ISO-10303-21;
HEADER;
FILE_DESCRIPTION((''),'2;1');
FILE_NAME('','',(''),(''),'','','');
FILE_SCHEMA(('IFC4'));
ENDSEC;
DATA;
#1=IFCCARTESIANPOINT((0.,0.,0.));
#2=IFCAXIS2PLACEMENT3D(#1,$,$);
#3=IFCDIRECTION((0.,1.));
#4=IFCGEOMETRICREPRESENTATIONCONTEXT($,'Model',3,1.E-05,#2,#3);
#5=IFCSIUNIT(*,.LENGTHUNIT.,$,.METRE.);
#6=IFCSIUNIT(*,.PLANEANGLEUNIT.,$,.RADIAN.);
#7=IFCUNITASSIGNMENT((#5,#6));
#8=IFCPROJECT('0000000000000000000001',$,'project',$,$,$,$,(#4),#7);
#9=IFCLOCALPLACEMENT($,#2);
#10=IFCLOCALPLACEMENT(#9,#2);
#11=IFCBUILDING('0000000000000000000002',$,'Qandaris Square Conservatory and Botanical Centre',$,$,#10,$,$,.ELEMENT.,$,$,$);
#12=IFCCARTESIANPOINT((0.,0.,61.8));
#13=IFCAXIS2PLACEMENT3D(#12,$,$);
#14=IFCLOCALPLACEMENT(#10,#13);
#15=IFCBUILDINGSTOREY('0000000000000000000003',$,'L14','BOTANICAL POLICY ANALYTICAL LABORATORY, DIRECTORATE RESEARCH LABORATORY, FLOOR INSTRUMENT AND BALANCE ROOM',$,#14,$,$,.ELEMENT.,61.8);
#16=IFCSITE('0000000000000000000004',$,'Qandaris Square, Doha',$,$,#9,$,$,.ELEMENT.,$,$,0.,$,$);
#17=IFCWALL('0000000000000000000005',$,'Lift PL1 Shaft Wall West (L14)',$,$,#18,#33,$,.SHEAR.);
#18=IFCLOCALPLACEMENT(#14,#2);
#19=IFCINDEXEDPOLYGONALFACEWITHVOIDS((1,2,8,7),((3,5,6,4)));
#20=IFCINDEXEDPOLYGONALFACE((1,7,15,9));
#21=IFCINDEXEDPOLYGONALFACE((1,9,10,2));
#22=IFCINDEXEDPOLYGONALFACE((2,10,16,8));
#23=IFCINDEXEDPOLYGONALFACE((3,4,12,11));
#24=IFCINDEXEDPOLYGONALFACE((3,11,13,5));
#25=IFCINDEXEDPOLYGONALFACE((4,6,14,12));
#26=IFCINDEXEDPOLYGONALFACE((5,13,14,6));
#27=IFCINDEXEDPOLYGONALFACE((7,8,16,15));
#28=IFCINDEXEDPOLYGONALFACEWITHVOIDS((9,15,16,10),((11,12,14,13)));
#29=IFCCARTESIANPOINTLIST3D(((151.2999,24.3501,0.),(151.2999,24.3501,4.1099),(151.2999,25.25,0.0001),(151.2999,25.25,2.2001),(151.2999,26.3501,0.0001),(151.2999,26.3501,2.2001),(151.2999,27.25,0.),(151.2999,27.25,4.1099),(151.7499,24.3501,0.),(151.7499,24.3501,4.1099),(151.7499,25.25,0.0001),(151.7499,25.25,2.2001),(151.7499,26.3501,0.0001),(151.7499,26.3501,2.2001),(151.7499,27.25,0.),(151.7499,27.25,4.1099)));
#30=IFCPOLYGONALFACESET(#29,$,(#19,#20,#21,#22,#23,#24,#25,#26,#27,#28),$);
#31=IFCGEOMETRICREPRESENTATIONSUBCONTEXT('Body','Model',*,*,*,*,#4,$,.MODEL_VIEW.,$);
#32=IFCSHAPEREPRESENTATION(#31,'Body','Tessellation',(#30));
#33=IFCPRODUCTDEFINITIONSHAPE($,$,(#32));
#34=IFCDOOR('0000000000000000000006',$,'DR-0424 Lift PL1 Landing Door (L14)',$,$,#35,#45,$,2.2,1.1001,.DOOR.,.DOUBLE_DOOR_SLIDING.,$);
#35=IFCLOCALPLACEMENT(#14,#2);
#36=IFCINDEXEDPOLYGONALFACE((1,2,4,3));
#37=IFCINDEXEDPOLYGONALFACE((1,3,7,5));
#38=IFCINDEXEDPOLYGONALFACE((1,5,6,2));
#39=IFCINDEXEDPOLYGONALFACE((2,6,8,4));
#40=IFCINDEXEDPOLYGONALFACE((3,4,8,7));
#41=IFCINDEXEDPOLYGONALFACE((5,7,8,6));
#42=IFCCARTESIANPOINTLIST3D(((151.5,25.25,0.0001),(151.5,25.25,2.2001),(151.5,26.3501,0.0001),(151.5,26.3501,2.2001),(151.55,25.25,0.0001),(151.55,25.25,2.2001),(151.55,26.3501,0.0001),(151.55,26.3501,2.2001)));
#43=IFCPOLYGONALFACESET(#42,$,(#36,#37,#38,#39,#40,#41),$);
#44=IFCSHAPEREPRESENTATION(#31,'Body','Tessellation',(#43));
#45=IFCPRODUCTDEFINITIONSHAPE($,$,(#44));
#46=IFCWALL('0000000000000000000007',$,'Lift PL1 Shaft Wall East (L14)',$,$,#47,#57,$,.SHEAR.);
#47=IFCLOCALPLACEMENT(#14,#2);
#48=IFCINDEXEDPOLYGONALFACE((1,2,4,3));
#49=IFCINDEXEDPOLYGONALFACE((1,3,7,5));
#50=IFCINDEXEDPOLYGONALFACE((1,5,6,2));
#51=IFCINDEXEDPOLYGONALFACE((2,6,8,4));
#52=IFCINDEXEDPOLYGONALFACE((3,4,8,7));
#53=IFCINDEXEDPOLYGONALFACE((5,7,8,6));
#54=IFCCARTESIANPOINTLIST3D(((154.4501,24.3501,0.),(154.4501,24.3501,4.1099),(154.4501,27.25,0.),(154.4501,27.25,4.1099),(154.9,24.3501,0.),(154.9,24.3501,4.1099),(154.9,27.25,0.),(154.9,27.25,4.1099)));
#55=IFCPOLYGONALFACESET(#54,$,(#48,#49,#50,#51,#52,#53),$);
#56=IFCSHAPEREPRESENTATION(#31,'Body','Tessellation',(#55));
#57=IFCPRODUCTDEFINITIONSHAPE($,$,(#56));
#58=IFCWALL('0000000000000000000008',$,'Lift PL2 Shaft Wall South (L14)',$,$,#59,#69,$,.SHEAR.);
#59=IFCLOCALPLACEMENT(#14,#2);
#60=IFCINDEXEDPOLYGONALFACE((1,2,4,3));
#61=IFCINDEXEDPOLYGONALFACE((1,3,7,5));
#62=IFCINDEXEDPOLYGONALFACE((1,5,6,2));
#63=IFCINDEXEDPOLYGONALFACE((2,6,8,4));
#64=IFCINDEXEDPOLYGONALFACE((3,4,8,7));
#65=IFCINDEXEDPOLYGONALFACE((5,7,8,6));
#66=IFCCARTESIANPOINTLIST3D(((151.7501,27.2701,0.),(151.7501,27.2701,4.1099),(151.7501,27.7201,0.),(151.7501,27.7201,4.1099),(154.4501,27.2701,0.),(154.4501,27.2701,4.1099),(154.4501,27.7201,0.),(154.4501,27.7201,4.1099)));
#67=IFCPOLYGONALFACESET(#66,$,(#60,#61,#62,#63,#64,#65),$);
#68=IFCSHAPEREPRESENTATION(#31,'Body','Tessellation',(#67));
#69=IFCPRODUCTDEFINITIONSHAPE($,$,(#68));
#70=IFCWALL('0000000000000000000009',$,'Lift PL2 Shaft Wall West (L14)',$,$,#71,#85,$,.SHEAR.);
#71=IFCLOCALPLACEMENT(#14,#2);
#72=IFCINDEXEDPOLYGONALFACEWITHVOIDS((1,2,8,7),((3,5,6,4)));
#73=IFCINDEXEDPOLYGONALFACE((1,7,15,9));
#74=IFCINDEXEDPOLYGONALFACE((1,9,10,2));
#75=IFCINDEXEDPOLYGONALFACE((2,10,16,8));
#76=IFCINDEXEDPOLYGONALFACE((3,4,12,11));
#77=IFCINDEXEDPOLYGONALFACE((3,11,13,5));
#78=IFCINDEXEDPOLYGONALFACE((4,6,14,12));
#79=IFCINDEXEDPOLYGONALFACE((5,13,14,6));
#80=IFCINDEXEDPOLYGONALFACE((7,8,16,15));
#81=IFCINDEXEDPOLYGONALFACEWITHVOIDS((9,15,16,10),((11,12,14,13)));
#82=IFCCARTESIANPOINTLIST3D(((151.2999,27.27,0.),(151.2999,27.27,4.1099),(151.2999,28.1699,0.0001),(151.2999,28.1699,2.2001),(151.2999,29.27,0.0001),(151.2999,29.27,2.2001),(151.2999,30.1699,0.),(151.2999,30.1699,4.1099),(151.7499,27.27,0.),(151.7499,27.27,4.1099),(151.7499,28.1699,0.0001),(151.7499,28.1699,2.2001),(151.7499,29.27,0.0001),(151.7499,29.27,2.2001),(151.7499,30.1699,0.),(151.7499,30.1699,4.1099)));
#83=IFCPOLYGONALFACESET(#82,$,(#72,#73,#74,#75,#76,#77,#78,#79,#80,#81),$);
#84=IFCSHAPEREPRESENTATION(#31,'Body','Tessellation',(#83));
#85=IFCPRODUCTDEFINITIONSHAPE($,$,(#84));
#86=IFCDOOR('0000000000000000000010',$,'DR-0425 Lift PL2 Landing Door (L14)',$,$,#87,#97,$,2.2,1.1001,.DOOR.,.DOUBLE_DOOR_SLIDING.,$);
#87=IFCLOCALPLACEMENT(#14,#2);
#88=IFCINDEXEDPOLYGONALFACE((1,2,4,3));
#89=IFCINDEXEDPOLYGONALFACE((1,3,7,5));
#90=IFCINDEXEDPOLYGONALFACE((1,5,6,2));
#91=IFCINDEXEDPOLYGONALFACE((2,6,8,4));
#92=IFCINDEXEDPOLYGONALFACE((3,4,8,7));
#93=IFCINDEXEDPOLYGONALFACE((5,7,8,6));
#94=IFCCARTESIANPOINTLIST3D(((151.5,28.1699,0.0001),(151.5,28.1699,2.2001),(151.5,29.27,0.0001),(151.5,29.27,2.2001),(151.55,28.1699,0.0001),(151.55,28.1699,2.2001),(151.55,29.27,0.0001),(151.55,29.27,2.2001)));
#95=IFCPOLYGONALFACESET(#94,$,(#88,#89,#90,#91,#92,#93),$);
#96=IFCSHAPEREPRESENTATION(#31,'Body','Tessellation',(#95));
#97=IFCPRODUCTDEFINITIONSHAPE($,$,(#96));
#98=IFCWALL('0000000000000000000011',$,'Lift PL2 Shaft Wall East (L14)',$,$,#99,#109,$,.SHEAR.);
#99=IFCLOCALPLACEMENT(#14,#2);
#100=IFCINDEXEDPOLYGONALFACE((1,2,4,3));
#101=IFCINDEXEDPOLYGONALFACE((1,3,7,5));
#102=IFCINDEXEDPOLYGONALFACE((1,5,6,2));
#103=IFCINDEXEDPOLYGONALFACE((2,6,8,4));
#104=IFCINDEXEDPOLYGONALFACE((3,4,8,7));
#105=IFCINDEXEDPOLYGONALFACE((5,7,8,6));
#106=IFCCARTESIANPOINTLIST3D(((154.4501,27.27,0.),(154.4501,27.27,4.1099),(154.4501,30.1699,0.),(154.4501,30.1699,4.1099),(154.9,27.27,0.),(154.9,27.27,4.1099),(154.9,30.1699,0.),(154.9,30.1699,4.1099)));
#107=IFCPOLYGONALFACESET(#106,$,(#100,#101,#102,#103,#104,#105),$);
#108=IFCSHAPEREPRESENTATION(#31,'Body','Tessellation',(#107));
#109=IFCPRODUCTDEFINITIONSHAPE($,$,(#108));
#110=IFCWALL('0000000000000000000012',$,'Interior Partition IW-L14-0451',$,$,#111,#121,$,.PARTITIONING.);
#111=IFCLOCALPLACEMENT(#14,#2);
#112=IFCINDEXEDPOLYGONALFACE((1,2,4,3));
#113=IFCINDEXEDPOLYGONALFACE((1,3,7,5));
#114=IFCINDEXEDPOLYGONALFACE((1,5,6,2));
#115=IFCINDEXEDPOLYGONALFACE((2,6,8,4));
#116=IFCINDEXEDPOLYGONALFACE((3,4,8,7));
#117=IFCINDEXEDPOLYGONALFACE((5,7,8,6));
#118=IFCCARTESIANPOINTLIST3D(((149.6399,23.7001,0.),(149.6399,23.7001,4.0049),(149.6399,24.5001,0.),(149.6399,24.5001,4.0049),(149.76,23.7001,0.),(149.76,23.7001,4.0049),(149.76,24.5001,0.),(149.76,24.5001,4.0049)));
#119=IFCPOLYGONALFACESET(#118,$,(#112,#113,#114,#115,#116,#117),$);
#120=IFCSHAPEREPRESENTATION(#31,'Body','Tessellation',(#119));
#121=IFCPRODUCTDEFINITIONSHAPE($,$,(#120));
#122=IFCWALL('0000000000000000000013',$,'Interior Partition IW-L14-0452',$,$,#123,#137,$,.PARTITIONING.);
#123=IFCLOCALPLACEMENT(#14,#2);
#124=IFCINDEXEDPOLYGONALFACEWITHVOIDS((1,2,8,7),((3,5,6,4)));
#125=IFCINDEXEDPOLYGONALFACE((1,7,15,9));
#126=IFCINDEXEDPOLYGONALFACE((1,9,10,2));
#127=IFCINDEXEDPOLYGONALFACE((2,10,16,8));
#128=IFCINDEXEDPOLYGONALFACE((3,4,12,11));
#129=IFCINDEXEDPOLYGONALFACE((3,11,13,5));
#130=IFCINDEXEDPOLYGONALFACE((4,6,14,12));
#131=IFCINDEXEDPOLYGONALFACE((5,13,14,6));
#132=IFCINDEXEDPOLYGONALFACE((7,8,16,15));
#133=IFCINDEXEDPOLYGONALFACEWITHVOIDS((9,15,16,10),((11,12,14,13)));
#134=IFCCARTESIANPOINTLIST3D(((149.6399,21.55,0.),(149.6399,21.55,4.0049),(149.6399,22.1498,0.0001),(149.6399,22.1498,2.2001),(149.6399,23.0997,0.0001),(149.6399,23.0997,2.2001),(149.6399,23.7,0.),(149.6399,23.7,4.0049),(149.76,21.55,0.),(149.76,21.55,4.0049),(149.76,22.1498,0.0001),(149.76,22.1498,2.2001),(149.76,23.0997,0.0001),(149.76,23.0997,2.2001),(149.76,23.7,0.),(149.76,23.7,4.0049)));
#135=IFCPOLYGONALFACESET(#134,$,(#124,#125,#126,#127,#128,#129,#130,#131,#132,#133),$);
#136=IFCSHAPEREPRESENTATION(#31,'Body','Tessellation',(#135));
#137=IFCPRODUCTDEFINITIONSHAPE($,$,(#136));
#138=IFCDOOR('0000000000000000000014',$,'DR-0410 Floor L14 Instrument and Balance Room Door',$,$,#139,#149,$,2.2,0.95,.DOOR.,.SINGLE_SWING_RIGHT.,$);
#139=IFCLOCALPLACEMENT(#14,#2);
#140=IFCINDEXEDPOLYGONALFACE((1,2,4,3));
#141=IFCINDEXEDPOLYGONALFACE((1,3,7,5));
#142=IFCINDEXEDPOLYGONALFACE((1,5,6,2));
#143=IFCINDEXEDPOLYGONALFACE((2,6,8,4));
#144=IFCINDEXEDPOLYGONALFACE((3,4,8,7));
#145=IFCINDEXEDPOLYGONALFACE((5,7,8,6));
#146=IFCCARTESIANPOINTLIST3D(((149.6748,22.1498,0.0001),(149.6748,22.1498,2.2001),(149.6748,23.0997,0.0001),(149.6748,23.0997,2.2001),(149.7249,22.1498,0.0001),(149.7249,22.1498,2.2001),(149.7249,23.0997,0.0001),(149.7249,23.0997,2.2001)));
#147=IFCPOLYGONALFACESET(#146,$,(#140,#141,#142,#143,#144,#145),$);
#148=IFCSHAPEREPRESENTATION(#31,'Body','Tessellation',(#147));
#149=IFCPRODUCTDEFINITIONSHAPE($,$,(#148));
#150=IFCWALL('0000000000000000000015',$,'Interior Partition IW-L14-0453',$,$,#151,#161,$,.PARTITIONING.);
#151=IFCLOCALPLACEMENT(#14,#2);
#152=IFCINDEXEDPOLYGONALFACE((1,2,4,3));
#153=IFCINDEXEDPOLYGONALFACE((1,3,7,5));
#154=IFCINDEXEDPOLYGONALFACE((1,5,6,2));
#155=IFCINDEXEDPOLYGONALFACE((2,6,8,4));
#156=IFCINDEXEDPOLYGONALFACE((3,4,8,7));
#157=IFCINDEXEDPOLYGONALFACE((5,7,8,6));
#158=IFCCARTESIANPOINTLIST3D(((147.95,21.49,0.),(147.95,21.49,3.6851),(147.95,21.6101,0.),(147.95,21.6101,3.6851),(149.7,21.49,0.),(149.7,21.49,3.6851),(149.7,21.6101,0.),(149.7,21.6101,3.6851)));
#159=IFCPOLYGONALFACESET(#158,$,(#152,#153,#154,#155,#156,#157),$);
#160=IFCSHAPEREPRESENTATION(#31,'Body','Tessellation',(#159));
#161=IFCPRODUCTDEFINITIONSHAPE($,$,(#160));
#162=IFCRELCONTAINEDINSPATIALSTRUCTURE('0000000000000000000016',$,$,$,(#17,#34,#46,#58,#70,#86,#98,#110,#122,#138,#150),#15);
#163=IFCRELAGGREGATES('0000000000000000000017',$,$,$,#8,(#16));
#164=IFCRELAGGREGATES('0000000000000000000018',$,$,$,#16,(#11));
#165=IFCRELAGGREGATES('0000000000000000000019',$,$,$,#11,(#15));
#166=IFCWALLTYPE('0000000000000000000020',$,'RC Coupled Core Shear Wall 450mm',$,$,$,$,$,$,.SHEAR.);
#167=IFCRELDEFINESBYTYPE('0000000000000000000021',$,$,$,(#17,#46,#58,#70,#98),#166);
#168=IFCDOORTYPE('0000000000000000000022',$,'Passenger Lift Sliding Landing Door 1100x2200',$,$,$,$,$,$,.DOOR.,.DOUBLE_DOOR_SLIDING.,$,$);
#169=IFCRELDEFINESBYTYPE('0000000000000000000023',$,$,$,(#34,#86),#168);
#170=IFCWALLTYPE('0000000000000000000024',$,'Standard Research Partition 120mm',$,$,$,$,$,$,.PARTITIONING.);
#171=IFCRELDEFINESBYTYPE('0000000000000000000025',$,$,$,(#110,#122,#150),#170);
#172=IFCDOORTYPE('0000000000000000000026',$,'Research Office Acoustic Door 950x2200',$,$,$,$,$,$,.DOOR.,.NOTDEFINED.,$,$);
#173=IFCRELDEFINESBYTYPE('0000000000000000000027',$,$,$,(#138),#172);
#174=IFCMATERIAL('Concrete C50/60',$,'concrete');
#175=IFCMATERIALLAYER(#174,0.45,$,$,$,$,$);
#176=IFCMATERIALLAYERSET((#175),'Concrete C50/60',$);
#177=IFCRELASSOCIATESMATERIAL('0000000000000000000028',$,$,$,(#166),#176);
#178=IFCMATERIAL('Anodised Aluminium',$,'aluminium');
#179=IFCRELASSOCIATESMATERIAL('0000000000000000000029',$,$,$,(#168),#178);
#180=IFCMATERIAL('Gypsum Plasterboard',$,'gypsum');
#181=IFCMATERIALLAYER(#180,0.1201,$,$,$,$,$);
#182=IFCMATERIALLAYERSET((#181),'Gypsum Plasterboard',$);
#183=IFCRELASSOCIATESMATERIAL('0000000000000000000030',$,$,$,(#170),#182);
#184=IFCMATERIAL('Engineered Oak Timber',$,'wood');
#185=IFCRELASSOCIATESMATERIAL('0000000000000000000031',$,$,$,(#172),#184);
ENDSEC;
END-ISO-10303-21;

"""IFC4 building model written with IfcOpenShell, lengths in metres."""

from ifc_helpers import new_model, si_unit, direction, frame, frame_2d, origin, place, context, subcontext, project, spatial, rectangle, extrude, material, layer, layer_set, type_object, element, fill, save


model = new_model("IFC4")

# Units and contexts
model_context = context("Model", 3, precision=1e-05, world=origin(), true_north=direction((0.0, 1.0)))
body_context = subcontext(model_context, "Body", "Model", "MODEL_VIEW")
ifc_project = project(units=[si_unit("LENGTHUNIT", "METRE"), si_unit("PLANEANGLEUNIT", "RADIAN")], contexts=[model_context])

# Site, building, storey
site_placement = place(None, origin())
site = spatial("IfcSite", under=ifc_project, at=site_placement, Name="Qandaris Square, Doha", CompositionType="ELEMENT", RefElevation=0.0)
building_placement = place(site_placement, origin())
building = spatial("IfcBuilding", under=site, at=building_placement, Name="Qandaris Square Conservatory and Botanical Centre", CompositionType="ELEMENT")
storey_placement = place(building_placement, frame((0.0, 0.0, 61.8)))
storey = spatial("IfcBuildingStorey", under=building, at=storey_placement, Name="L14", Description="BOTANICAL POLICY ANALYTICAL LABORATORY, DIRECTORATE RESEARCH LABORATORY, FLOOR INSTRUMENT AND BALANCE ROOM", CompositionType="ELEMENT", Elevation=61.8)

# Shared definitions
ifc_material_1 = material(Name="Concrete C50/60", Category="concrete")

# Shared definitions
ifc_material_2 = material(Name="Anodised Aluminium", Category="aluminium")

# Shared definitions
ifc_layer_1 = layer(ifc_material_1, 0.45)
ifc_layer_set_1 = layer_set([ifc_layer_1], Name="Concrete C50/60")
wall_type_1 = type_object("IfcWallType", Name="RC Coupled Core Shear Wall 450mm", PredefinedType="SHEAR", material=ifc_layer_set_1)

# Wall, opening, door
wall_1_placement = place(storey_placement, frame((151.5249, 24.3501, 0.0), z_axis=(0.0, 0.0, 1.0), x_axis=(0.0, 1.0, 0.0)))
wall_1 = element("IfcWall", 1, at=wall_1_placement, inside=storey, type_object=wall_type_1, Name="Lift PL1 Shaft Wall West (L14)", PredefinedType="SHEAR", context=body_context, shape_type="SweptSolid", body=[
    extrude(rectangle(XDim=2.8999, YDim=0.45, at=frame_2d((1.45, 0.0))), origin(), (0.0, 0.0, 1.0), 4.1099),
])
opening_1_placement = place(wall_1_placement, frame((0.8999, 0.0, 0.0)))
opening_1 = element("IfcOpeningElement", 2, at=opening_1_placement, cuts=wall_1, PredefinedType="OPENING", context=body_context, shape_type="SweptSolid", body=[
    extrude(rectangle(XDim=1.1001, YDim=2.2, at=frame_2d((0.55, 1.1001))), frame((0.0, 0.2368, 0.0), z_axis=(0.0, -1.0, 0.0), x_axis=(1.0, 0.0, 0.0)), (0.0, 0.0, 1.0), 0.4739),
])
door_type_1 = type_object("IfcDoorType", Name="Passenger Lift Sliding Landing Door 1100x2200", OperationType="DOUBLE_DOOR_SLIDING", PredefinedType="DOOR", material=ifc_material_2)
door_1_placement = place(opening_1_placement, origin())
door_1 = element("IfcDoor", 3, at=door_1_placement, inside=storey, type_object=door_type_1, Name="DR-0424 Lift PL1 Landing Door (L14)", OperationType="DOUBLE_DOOR_SLIDING", OverallHeight=2.2, OverallWidth=1.1001, PredefinedType="DOOR", context=body_context, shape_type="SweptSolid", body=[
    extrude(rectangle(XDim=1.1001, YDim=2.2, at=frame_2d((0.55, 1.1001))), frame((0.0, 0.0249, 0.0), z_axis=(0.0, -1.0, 0.0), x_axis=(1.0, 0.0, 0.0)), (0.0, 0.0, 1.0), 0.05),
])
fill(opening_1, door_1)

# Walls
wall_2_placement = place(storey_placement, frame((154.675, 24.3501, 0.0), z_axis=(0.0, 0.0, 1.0), x_axis=(0.0, 1.0, 0.0)))
element("IfcWall", 4, at=wall_2_placement, inside=storey, type_object=wall_type_1, Name="Lift PL1 Shaft Wall East (L14)", PredefinedType="SHEAR", context=body_context, shape_type="SweptSolid", body=[
    extrude(rectangle(XDim=2.8999, YDim=0.45, at=frame_2d((1.45, 0.0))), origin(), (0.0, 0.0, 1.0), 4.1099),
])
wall_3_placement = place(storey_placement, frame((151.75, 27.4951, 0.0), z_axis=(0.0, 0.0, 1.0), x_axis=(1.0, 0.0, 0.0)))
element("IfcWall", 5, at=wall_3_placement, inside=storey, type_object=wall_type_1, Name="Lift PL2 Shaft Wall South (L14)", PredefinedType="SHEAR", context=body_context, shape_type="SweptSolid", body=[
    extrude(rectangle(XDim=2.7, YDim=0.45, at=frame_2d((1.3501, 0.0))), origin(), (0.0, 0.0, 1.0), 4.1099),
])

# Wall, opening, door
wall_4_placement = place(storey_placement, frame((151.5249, 27.27, 0.0), z_axis=(0.0, 0.0, 1.0), x_axis=(0.0, 1.0, 0.0)))
wall_4 = element("IfcWall", 6, at=wall_4_placement, inside=storey, type_object=wall_type_1, Name="Lift PL2 Shaft Wall West (L14)", PredefinedType="SHEAR", context=body_context, shape_type="SweptSolid", body=[
    extrude(rectangle(XDim=2.8999, YDim=0.45, at=frame_2d((1.45, 0.0))), origin(), (0.0, 0.0, 1.0), 4.1099),
])
opening_2_placement = place(wall_4_placement, frame((0.8999, 0.0, 0.0)))
opening_2 = element("IfcOpeningElement", 7, at=opening_2_placement, cuts=wall_4, PredefinedType="OPENING", context=body_context, shape_type="SweptSolid", body=[
    extrude(rectangle(XDim=1.1001, YDim=2.2, at=frame_2d((0.55, 1.1001))), frame((0.0, 0.2368, 0.0), z_axis=(0.0, -1.0, 0.0), x_axis=(1.0, 0.0, 0.0)), (0.0, 0.0, 1.0), 0.4739),
])
door_2_placement = place(opening_2_placement, origin())
door_2 = element("IfcDoor", 8, at=door_2_placement, inside=storey, type_object=door_type_1, Name="DR-0425 Lift PL2 Landing Door (L14)", OperationType="DOUBLE_DOOR_SLIDING", OverallHeight=2.2, OverallWidth=1.1001, PredefinedType="DOOR", context=body_context, shape_type="SweptSolid", body=[
    extrude(rectangle(XDim=1.1001, YDim=2.2, at=frame_2d((0.55, 1.1001))), frame((0.0, 0.0249, 0.0), z_axis=(0.0, -1.0, 0.0), x_axis=(1.0, 0.0, 0.0)), (0.0, 0.0, 1.0), 0.05),
])
fill(opening_2, door_2)

# Walls
wall_5_placement = place(storey_placement, frame((154.675, 27.27, 0.0), z_axis=(0.0, 0.0, 1.0), x_axis=(0.0, 1.0, 0.0)))
element("IfcWall", 9, at=wall_5_placement, inside=storey, type_object=wall_type_1, Name="Lift PL2 Shaft Wall East (L14)", PredefinedType="SHEAR", context=body_context, shape_type="SweptSolid", body=[
    extrude(rectangle(XDim=2.8999, YDim=0.45, at=frame_2d((1.45, 0.0))), origin(), (0.0, 0.0, 1.0), 4.1099),
])
ifc_material_3 = material(Name="Gypsum Plasterboard", Category="gypsum")
ifc_layer_2 = layer(ifc_material_3, 0.1201)
ifc_layer_set_2 = layer_set([ifc_layer_2], Name="Gypsum Plasterboard")
wall_type_2 = type_object("IfcWallType", Name="Standard Research Partition 120mm", PredefinedType="PARTITIONING", material=ifc_layer_set_2)
wall_6_placement = place(storey_placement, frame((149.7, 24.5, 0.0), z_axis=(0.0, 0.0, 1.0), x_axis=(0.0, -1.0, 0.0)))
element("IfcWall", 10, at=wall_6_placement, inside=storey, type_object=wall_type_2, Name="Interior Partition IW-L14-0451", PredefinedType="PARTITIONING", context=body_context, shape_type="SweptSolid", body=[
    extrude(rectangle(XDim=0.8, YDim=0.1201, at=frame_2d((0.3999, 0.0))), origin(), (0.0, 0.0, 1.0), 4.0049),
])

# Wall, opening, door
wall_7_placement = place(storey_placement, frame((149.7, 23.7, 0.0), z_axis=(0.0, 0.0, 1.0), x_axis=(0.0, -1.0, 0.0)))
wall_7 = element("IfcWall", 11, at=wall_7_placement, inside=storey, type_object=wall_type_2, Name="Interior Partition IW-L14-0452", PredefinedType="PARTITIONING", context=body_context, shape_type="SweptSolid", body=[
    extrude(rectangle(XDim=2.1499, YDim=0.1201, at=frame_2d((1.075, 0.0))), origin(), (0.0, 0.0, 1.0), 4.0049),
])
opening_3_placement = place(wall_7_placement, frame((0.6001, 0.0, 0.0)))
opening_3 = element("IfcOpeningElement", 12, at=opening_3_placement, cuts=wall_7, PredefinedType="OPENING", context=body_context, shape_type="SweptSolid", body=[
    extrude(rectangle(XDim=0.95, YDim=2.2, at=frame_2d((0.4751, 1.1001))), frame((0.0, 0.072, 0.0), z_axis=(0.0, -1.0, 0.0), x_axis=(1.0, 0.0, 0.0)), (0.0, 0.0, 1.0), 0.144),
])
ifc_material_4 = material(Name="Engineered Oak Timber", Category="wood")
door_type_2 = type_object("IfcDoorType", Name="Research Office Acoustic Door 950x2200", OperationType="NOTDEFINED", PredefinedType="DOOR", material=ifc_material_4)
door_3_placement = place(opening_3_placement, origin())
door_3 = element("IfcDoor", 13, at=door_3_placement, inside=storey, type_object=door_type_2, Name="DR-0410 Floor L14 Instrument and Balance Room Door", OperationType="SINGLE_SWING_RIGHT", OverallHeight=2.2, OverallWidth=0.95, PredefinedType="DOOR", context=body_context, shape_type="SweptSolid", body=[
    extrude(rectangle(XDim=0.95, YDim=2.2, at=frame_2d((0.4751, 1.1001))), frame((0.0, 0.0249, 0.0), z_axis=(0.0, -1.0, 0.0), x_axis=(1.0, 0.0, 0.0)), (0.0, 0.0, 1.0), 0.05),
])
fill(opening_3, door_3)

# Wall
wall_8_placement = place(storey_placement, frame((149.7, 21.55, 0.0), z_axis=(0.0, 0.0, 1.0), x_axis=(-1.0, 0.0, 0.0)))
element("IfcWall", 14, at=wall_8_placement, inside=storey, type_object=wall_type_2, Name="Interior Partition IW-L14-0453", PredefinedType="PARTITIONING", context=body_context, shape_type="SweptSolid", body=[
    extrude(rectangle(XDim=1.75, YDim=0.1201, at=frame_2d((0.875, 0.0))), origin(), (0.0, 0.0, 1.0), 3.6851),
])

save(model, "model.ifc")
